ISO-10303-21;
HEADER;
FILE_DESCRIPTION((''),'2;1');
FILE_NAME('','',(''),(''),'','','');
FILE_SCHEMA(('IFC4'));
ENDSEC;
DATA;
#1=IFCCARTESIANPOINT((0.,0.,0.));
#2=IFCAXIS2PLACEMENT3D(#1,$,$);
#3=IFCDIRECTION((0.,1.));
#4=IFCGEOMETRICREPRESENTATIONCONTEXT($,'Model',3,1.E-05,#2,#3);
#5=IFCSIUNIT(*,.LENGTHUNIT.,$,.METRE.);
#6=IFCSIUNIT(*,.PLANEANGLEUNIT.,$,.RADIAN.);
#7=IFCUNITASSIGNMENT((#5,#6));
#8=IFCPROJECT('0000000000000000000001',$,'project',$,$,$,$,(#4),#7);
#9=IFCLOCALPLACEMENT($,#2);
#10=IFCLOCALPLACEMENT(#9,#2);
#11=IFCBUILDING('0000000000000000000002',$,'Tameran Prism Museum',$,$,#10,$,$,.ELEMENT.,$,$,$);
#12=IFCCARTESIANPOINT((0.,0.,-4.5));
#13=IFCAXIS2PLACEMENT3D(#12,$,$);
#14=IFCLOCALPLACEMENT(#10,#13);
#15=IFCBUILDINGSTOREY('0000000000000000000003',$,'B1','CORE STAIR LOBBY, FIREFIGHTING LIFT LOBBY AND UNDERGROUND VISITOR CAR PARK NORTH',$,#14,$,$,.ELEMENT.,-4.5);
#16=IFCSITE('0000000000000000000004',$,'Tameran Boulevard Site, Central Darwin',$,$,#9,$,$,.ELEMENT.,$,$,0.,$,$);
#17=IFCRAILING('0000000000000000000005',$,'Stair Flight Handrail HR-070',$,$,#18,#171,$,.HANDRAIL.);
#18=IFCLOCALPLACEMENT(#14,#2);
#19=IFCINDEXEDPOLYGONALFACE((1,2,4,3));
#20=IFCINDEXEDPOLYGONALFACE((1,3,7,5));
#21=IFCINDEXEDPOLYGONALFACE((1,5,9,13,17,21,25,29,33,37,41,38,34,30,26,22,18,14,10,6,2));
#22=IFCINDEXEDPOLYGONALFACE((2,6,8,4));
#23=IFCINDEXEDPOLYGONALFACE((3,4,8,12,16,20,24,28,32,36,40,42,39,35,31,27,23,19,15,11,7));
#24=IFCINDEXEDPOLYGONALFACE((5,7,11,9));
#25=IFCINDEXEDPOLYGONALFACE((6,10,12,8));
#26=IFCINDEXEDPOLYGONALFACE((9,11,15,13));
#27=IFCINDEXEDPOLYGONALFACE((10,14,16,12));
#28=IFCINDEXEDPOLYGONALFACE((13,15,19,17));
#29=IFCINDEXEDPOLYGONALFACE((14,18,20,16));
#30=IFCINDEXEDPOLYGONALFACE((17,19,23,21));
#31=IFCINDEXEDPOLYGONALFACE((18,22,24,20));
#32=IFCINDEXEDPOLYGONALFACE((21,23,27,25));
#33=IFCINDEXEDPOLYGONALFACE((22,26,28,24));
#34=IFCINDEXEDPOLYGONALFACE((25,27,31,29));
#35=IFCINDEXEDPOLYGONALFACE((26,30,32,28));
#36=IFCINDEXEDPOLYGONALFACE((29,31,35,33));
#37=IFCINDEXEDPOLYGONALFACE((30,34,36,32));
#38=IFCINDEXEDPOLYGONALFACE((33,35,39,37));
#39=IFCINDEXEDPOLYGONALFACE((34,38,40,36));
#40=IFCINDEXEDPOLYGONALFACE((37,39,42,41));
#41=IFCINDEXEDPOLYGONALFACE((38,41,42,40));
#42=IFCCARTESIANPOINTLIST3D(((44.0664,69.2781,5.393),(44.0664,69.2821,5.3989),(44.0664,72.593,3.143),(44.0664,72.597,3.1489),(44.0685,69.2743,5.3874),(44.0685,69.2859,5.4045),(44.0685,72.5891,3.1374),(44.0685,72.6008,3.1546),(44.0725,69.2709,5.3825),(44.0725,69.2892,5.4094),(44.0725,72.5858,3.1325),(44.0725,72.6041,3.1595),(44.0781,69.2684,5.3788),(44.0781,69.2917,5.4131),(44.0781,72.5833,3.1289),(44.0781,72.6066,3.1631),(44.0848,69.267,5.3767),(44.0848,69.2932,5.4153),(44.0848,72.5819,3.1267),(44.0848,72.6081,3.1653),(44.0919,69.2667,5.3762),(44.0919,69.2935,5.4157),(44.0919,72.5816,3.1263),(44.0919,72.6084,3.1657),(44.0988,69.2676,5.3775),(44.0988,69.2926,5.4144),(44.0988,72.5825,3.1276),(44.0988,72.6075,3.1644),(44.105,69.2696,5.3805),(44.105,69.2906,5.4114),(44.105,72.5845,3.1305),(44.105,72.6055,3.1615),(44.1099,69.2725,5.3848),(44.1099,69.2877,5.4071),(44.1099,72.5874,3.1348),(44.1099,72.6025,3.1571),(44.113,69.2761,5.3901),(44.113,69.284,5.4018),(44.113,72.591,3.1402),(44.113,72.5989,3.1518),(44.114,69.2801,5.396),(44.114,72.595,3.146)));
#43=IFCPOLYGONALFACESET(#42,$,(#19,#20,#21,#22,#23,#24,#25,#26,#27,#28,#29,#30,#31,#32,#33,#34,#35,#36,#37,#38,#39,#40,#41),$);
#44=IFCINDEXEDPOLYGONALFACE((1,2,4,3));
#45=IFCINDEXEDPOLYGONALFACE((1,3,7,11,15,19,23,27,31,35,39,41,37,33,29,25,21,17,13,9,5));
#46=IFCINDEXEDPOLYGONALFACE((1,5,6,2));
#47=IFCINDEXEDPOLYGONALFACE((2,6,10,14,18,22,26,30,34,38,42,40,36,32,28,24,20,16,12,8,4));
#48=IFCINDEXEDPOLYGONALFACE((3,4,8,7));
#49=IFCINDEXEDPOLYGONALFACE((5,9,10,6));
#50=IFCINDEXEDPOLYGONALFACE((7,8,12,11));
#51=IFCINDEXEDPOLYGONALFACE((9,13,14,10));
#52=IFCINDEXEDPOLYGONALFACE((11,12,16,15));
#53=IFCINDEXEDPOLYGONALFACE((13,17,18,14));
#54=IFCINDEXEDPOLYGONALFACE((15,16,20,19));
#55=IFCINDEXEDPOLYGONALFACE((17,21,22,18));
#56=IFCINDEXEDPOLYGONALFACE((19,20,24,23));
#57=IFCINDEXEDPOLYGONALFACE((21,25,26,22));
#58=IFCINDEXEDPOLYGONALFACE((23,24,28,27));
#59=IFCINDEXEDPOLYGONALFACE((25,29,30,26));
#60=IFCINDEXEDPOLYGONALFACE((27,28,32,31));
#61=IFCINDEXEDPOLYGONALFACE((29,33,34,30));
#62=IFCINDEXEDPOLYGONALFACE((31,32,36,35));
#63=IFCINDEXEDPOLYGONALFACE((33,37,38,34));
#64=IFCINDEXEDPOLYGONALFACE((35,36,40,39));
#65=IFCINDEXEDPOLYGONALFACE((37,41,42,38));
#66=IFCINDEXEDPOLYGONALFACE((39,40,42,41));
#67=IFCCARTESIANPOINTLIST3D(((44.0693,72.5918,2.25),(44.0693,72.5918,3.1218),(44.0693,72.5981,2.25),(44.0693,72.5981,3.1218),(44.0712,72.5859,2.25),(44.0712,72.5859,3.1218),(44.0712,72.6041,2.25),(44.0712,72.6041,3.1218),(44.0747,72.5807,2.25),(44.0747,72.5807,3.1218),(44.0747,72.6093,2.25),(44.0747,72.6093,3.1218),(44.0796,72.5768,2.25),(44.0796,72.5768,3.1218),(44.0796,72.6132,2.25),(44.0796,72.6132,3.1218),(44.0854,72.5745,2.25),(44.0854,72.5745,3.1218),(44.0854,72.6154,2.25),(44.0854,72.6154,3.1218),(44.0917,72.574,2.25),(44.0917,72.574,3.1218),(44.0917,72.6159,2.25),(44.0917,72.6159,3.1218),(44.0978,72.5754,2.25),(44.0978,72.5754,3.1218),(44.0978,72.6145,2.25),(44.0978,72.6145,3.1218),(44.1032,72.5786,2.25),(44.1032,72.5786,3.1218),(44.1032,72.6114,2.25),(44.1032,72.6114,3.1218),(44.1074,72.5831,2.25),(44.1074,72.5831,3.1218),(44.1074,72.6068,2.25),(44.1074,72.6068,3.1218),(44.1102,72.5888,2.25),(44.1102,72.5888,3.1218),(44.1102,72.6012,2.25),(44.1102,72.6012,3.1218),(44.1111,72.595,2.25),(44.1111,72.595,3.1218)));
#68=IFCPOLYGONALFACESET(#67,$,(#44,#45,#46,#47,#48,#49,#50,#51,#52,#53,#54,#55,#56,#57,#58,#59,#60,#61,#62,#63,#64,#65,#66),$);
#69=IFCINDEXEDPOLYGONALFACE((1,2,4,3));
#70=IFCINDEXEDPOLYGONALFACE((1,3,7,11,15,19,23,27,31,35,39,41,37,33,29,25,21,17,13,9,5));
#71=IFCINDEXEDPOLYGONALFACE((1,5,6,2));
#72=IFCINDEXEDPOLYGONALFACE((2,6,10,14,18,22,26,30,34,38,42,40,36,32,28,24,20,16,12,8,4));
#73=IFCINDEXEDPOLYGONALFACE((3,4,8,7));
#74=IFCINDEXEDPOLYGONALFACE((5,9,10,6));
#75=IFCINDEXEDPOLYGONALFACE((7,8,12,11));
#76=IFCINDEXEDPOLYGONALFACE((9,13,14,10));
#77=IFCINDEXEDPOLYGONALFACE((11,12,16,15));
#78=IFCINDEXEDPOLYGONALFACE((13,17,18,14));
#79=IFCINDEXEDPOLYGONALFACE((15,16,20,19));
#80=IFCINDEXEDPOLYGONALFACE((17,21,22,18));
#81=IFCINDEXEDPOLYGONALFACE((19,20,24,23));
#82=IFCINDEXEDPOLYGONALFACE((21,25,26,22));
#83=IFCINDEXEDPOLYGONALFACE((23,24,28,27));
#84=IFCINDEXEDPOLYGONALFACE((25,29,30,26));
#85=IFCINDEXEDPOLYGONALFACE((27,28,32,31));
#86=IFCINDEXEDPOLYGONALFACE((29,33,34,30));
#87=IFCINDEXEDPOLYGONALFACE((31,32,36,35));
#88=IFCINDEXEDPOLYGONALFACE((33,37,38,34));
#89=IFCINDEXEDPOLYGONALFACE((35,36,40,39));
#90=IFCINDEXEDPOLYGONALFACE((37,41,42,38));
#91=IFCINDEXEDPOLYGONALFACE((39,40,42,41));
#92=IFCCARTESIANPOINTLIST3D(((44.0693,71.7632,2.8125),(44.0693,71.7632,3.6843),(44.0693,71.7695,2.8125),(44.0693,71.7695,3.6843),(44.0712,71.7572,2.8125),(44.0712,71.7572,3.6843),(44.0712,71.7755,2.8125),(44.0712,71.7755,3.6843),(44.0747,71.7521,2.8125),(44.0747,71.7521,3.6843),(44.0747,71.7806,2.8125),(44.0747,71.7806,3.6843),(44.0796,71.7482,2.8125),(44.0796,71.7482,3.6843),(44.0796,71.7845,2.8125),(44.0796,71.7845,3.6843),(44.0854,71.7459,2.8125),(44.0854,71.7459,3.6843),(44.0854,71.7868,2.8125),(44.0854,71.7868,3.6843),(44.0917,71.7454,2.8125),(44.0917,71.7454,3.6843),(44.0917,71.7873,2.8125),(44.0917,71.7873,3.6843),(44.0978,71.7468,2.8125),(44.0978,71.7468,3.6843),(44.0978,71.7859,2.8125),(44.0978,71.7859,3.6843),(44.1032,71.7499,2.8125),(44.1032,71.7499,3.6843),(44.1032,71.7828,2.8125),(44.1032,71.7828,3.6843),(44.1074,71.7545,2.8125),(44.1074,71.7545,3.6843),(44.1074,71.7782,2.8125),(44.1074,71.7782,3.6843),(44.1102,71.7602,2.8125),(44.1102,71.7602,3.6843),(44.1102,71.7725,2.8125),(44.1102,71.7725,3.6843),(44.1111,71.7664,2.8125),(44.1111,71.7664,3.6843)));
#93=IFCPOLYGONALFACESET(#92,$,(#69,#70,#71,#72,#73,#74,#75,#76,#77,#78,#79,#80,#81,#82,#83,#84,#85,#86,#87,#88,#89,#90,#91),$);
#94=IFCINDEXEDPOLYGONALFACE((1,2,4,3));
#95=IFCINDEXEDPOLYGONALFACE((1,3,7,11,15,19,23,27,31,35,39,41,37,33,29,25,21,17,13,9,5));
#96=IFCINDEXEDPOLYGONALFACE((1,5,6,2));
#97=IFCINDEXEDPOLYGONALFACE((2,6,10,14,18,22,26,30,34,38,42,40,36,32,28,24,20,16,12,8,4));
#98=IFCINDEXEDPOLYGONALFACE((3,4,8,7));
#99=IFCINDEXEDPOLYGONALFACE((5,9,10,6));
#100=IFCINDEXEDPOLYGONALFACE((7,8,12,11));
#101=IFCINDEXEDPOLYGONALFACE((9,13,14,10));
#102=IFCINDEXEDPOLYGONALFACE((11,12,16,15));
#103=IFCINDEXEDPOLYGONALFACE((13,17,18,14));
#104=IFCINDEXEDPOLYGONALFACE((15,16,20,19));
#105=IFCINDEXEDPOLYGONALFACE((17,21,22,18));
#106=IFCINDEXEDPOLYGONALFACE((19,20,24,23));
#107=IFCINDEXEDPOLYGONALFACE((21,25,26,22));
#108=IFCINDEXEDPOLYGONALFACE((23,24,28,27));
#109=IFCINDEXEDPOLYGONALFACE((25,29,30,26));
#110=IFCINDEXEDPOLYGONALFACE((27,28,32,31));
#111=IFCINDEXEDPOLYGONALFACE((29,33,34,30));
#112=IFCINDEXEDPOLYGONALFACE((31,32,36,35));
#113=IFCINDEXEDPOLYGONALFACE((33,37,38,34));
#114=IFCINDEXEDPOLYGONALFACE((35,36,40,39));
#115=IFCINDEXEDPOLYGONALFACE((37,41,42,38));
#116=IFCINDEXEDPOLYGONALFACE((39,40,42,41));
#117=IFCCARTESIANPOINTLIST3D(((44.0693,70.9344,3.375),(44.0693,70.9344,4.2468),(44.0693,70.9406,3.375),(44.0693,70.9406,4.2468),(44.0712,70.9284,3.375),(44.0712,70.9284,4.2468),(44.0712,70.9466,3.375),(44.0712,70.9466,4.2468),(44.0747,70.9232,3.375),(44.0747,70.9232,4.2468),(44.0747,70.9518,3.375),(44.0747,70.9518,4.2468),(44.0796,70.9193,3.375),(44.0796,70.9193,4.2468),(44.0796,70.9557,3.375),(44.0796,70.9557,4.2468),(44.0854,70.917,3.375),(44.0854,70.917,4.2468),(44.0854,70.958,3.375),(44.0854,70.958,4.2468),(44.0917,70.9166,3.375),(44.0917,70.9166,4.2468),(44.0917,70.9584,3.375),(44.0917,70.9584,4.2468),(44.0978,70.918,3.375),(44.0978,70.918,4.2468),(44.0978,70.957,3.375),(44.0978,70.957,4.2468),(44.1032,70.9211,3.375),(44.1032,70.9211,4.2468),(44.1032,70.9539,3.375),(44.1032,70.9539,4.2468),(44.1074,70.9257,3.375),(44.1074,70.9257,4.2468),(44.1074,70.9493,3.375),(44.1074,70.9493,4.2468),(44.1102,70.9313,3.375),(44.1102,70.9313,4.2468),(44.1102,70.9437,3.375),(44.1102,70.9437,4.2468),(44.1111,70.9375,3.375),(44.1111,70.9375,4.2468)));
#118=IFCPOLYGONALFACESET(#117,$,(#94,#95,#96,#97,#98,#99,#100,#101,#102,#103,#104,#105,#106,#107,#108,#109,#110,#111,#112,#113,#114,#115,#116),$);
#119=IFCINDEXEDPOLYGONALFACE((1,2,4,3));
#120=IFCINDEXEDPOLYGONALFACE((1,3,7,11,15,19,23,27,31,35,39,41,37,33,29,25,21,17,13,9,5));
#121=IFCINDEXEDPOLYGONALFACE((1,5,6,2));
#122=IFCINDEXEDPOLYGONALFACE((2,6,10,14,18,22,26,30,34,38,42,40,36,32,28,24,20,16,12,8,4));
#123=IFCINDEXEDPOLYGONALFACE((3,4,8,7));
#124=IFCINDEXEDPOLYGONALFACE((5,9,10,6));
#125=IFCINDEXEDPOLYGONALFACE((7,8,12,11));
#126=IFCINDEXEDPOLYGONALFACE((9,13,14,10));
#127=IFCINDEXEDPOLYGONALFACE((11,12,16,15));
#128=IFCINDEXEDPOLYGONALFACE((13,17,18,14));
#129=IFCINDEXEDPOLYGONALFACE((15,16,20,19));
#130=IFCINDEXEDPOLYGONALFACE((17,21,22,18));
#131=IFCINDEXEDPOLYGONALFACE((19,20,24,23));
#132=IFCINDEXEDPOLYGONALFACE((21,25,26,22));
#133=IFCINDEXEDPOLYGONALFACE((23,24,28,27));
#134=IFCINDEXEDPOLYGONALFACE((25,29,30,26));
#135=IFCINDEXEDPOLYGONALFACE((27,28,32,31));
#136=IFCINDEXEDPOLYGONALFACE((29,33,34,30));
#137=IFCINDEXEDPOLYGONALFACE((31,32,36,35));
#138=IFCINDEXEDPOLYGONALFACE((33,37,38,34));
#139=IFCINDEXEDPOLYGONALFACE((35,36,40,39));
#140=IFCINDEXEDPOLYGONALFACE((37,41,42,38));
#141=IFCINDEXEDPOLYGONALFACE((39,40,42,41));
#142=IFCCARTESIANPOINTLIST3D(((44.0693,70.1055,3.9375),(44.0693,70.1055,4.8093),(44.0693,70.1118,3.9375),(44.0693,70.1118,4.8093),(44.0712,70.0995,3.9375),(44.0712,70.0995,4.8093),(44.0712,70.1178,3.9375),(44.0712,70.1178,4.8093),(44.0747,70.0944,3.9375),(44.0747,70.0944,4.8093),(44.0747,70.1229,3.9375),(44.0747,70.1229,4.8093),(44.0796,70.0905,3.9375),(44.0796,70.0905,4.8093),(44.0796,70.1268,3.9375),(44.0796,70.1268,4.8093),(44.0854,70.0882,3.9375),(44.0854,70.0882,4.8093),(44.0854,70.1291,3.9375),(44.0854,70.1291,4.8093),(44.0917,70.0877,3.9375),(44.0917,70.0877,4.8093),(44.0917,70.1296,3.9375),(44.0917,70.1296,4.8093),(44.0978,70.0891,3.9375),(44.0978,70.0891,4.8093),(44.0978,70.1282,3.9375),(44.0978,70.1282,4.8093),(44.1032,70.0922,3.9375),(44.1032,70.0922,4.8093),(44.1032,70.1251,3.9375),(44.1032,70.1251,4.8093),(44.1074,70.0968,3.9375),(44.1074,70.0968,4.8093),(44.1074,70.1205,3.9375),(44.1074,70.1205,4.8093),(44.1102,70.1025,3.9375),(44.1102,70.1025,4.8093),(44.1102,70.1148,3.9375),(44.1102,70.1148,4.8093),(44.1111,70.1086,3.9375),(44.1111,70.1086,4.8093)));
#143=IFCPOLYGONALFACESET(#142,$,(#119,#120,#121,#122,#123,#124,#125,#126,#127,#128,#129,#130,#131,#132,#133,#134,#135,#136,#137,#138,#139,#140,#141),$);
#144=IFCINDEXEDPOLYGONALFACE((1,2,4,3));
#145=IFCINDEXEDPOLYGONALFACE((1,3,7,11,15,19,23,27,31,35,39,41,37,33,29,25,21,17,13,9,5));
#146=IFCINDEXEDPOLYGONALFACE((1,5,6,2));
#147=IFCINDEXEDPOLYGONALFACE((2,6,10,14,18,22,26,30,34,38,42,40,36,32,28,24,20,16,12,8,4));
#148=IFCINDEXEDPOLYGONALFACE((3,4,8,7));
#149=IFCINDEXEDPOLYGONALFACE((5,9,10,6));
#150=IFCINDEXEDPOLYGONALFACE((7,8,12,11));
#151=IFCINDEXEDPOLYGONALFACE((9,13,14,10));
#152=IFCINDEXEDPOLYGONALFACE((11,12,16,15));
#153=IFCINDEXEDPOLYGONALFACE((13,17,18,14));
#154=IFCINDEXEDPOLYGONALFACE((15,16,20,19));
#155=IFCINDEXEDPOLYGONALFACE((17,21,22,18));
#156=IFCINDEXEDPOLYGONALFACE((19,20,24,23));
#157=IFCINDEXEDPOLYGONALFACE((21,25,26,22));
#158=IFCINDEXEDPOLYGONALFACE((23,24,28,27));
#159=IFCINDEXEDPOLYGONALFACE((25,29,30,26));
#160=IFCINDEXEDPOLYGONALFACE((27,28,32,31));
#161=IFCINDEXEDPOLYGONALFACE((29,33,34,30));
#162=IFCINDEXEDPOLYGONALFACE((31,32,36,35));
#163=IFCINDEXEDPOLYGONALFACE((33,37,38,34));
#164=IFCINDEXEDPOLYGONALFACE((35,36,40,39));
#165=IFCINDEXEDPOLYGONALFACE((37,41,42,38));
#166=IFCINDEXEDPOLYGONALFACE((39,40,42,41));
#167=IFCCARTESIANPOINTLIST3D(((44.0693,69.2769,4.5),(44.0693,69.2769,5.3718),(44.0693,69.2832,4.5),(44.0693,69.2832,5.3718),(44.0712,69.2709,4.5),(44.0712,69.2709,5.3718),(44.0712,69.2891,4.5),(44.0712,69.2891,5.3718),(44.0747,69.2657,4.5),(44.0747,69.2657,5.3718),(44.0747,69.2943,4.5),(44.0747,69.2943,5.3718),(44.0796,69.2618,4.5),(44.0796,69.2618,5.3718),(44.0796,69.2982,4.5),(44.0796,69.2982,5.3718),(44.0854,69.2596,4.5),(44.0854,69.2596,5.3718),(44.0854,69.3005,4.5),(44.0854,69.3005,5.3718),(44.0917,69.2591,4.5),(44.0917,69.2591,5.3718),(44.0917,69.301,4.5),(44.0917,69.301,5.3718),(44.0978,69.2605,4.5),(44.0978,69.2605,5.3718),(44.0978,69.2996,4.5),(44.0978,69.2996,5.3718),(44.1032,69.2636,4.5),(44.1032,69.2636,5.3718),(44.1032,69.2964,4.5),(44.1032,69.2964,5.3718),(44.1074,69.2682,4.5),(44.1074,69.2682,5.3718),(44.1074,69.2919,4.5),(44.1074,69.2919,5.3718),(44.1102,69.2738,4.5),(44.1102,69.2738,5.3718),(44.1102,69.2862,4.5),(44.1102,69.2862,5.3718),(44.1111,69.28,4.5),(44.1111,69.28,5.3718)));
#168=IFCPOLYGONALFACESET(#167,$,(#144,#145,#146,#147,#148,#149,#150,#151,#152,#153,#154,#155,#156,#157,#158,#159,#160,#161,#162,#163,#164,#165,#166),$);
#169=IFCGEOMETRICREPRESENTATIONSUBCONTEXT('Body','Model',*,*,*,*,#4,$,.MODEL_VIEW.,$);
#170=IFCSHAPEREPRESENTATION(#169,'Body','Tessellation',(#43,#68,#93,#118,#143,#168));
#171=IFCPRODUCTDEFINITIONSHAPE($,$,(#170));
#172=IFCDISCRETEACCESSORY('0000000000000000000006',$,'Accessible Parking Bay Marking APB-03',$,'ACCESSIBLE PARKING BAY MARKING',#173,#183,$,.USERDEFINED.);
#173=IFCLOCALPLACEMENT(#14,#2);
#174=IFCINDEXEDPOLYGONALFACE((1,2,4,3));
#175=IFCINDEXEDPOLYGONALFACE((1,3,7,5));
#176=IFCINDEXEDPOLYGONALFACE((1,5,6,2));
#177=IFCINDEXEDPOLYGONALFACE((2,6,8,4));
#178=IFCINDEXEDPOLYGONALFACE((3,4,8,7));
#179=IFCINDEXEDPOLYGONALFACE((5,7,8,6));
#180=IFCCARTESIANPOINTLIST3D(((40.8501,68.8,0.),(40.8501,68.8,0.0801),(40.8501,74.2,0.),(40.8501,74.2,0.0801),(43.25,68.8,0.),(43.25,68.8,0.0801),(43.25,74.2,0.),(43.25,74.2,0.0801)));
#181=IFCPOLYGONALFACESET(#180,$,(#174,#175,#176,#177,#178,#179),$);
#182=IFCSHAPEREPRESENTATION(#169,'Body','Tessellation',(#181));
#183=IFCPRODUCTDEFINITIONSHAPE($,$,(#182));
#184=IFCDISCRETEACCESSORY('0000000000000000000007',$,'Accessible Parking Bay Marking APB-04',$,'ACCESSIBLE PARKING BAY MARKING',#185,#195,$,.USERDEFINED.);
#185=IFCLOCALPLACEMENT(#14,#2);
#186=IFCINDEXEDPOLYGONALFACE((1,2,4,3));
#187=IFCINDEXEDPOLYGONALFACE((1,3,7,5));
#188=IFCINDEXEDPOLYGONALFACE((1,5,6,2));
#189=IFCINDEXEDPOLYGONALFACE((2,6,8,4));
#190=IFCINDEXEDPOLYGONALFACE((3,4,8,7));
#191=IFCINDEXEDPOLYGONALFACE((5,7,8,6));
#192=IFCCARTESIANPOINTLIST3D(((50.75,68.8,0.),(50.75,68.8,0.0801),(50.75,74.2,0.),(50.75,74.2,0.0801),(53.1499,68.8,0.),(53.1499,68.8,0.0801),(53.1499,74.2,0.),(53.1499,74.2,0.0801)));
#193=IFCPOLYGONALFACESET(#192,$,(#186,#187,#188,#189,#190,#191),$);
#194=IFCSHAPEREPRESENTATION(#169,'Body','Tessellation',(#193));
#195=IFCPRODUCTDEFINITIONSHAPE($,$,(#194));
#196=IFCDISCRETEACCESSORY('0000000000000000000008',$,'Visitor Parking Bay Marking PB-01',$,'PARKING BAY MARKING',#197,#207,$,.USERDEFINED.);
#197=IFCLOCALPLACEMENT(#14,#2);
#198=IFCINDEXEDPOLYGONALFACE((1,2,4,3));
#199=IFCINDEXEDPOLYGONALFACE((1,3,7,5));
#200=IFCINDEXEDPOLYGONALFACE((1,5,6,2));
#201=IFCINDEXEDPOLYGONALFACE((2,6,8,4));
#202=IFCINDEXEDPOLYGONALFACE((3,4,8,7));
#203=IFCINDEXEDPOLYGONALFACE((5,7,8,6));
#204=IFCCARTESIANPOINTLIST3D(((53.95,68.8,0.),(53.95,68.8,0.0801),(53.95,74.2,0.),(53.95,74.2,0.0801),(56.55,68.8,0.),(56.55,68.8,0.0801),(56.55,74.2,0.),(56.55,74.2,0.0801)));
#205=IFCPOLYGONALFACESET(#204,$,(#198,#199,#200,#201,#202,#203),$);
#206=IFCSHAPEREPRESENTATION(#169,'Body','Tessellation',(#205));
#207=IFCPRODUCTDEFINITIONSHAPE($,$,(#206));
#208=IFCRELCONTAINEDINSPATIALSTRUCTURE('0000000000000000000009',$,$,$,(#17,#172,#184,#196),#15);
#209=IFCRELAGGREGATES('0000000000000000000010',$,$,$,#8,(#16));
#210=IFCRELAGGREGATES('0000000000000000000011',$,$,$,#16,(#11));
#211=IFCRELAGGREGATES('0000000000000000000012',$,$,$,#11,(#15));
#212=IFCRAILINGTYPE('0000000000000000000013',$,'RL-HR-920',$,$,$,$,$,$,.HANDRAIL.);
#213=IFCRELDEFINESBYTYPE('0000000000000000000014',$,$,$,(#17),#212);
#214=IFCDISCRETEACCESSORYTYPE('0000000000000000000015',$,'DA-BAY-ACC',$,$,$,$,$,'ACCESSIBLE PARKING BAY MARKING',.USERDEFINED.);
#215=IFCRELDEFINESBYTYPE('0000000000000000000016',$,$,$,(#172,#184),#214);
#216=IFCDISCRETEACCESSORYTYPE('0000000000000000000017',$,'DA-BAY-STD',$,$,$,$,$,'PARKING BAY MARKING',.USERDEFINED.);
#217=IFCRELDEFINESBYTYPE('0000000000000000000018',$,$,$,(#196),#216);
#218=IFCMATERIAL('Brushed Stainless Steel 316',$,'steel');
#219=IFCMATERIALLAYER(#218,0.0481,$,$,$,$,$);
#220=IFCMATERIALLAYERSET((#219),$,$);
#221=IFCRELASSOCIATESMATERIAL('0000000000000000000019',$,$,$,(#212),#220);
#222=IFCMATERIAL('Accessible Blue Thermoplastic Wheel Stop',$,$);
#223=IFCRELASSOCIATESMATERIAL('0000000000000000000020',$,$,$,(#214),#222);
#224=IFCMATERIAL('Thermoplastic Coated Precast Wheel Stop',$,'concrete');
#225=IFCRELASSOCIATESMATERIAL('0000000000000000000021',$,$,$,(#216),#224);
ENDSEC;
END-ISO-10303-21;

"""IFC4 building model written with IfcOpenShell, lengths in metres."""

from ifc_helpers import new_model, si_unit, direction, frame, origin, origin_2d, place, context, subcontext, project, spatial, rectangle, circle, extrude, material, layer, layer_set, type_object, element, save


model = new_model("IFC4")

# Units and contexts
model_context = context("Model", 3, precision=1e-05, world=origin(), true_north=direction((0.0, 1.0)))
body_context = subcontext(model_context, "Body", "Model", "MODEL_VIEW")
ifc_project = project(units=[si_unit("LENGTHUNIT", "METRE"), si_unit("PLANEANGLEUNIT", "RADIAN")], contexts=[model_context])

# Site, building, storey
site_placement = place(None, origin())
site = spatial("IfcSite", under=ifc_project, at=site_placement, Name="Tameran Boulevard Site, Central Darwin", CompositionType="ELEMENT", RefElevation=0.0)
building_placement = place(site_placement, origin())
building = spatial("IfcBuilding", under=site, at=building_placement, Name="Tameran Prism Museum", CompositionType="ELEMENT")
storey_placement = place(building_placement, frame((0.0, 0.0, -4.5)))
storey = spatial("IfcBuildingStorey", under=building, at=storey_placement, Name="B1", Description="CORE STAIR LOBBY, FIREFIGHTING LIFT LOBBY AND UNDERGROUND VISITOR CAR PARK NORTH", CompositionType="ELEMENT", Elevation=-4.5)

# Railing
ifc_material_1 = material(Name="Brushed Stainless Steel 316", Category="steel")
ifc_layer_1 = layer(ifc_material_1, 0.0481)
ifc_layer_set_1 = layer_set([ifc_layer_1])
railing_type_1 = type_object("IfcRailingType", Name="RL-HR-920", PredefinedType="HANDRAIL", material=ifc_layer_set_1)
railing_1_placement = place(storey_placement, frame((44.0901, 72.595, 2.25)))
element("IfcRailing", 1, at=railing_1_placement, inside=storey, type_object=railing_type_1, Name="Stair Flight Handrail HR-070", PredefinedType="HANDRAIL", context=body_context, shape_type="SweptSolid", body=[
    extrude(circle(Radius=0.0239, at=origin_2d()), frame((0.0, 0.0, 0.896), z_axis=(0.0, -0.827409, 0.5616), x_axis=(1.0, 0.0, 0.0)), (0.0, 0.0, 1.0), 4.0063),
    extrude(circle(Radius=0.021, at=origin_2d()), origin(), (0.0, 0.0, 1.0), 0.8718),
    extrude(circle(Radius=0.021, at=origin_2d()), frame((0.0, -0.8286, 0.5625)), (0.0, 0.0, 1.0), 0.8718),
    extrude(circle(Radius=0.021, at=origin_2d()), frame((0.0, -1.6575, 1.125)), (0.0, 0.0, 1.0), 0.8718),
    extrude(circle(Radius=0.021, at=origin_2d()), frame((0.0, -2.4863, 1.6875)), (0.0, 0.0, 1.0), 0.8718),
    extrude(circle(Radius=0.021, at=origin_2d()), frame((0.0, -3.3149, 2.25)), (0.0, 0.0, 1.0), 0.8718),
])

# Discrete accessories
ifc_material_2 = material(Name="Accessible Blue Thermoplastic Wheel Stop")
discrete_accessory_type_1 = type_object("IfcDiscreteAccessoryType", Name="DA-BAY-ACC", ElementType="ACCESSIBLE PARKING BAY MARKING", PredefinedType="USERDEFINED", material=ifc_material_2)
for number, where, z_axis, x_axis, name in (
    (2, (42.05, 71.5, 0.0), (0.0, 0.0, 1.0), (1.0, 0.0, 0.0), "Accessible Parking Bay Marking APB-03"),
    (3, (51.95, 71.5, 0.0), (0.0, 0.0, 1.0), (1.0, 0.0, 0.0), "Accessible Parking Bay Marking APB-04"),
):
    element("IfcDiscreteAccessory", number, at=place(storey_placement, frame(where, z_axis=z_axis, x_axis=x_axis)), inside=storey, type_object=discrete_accessory_type_1, Name=name, ObjectType="ACCESSIBLE PARKING BAY MARKING", PredefinedType="USERDEFINED", context=body_context, shape_type="SweptSolid", body=[
        extrude(rectangle(XDim=2.3999, YDim=5.3999, at=origin_2d()), origin(), (0.0, 0.0, 1.0), 0.0801),
    ])
ifc_material_3 = material(Name="Thermoplastic Coated Precast Wheel Stop", Category="concrete")
discrete_accessory_type_2 = type_object("IfcDiscreteAccessoryType", Name="DA-BAY-STD", ElementType="PARKING BAY MARKING", PredefinedType="USERDEFINED", material=ifc_material_3)
discrete_accessory_placement = place(storey_placement, frame((55.25, 71.5, 0.0), z_axis=(0.0, 0.0, 1.0), x_axis=(1.0, 0.0, 0.0)))
element("IfcDiscreteAccessory", 4, at=discrete_accessory_placement, inside=storey, type_object=discrete_accessory_type_2, Name="Visitor Parking Bay Marking PB-01", ObjectType="PARKING BAY MARKING", PredefinedType="USERDEFINED", context=body_context, shape_type="SweptSolid", body=[
    extrude(rectangle(XDim=2.6001, YDim=5.3999, at=origin_2d()), origin(), (0.0, 0.0, 1.0), 0.0801),
])

save(model, "model.ifc")
